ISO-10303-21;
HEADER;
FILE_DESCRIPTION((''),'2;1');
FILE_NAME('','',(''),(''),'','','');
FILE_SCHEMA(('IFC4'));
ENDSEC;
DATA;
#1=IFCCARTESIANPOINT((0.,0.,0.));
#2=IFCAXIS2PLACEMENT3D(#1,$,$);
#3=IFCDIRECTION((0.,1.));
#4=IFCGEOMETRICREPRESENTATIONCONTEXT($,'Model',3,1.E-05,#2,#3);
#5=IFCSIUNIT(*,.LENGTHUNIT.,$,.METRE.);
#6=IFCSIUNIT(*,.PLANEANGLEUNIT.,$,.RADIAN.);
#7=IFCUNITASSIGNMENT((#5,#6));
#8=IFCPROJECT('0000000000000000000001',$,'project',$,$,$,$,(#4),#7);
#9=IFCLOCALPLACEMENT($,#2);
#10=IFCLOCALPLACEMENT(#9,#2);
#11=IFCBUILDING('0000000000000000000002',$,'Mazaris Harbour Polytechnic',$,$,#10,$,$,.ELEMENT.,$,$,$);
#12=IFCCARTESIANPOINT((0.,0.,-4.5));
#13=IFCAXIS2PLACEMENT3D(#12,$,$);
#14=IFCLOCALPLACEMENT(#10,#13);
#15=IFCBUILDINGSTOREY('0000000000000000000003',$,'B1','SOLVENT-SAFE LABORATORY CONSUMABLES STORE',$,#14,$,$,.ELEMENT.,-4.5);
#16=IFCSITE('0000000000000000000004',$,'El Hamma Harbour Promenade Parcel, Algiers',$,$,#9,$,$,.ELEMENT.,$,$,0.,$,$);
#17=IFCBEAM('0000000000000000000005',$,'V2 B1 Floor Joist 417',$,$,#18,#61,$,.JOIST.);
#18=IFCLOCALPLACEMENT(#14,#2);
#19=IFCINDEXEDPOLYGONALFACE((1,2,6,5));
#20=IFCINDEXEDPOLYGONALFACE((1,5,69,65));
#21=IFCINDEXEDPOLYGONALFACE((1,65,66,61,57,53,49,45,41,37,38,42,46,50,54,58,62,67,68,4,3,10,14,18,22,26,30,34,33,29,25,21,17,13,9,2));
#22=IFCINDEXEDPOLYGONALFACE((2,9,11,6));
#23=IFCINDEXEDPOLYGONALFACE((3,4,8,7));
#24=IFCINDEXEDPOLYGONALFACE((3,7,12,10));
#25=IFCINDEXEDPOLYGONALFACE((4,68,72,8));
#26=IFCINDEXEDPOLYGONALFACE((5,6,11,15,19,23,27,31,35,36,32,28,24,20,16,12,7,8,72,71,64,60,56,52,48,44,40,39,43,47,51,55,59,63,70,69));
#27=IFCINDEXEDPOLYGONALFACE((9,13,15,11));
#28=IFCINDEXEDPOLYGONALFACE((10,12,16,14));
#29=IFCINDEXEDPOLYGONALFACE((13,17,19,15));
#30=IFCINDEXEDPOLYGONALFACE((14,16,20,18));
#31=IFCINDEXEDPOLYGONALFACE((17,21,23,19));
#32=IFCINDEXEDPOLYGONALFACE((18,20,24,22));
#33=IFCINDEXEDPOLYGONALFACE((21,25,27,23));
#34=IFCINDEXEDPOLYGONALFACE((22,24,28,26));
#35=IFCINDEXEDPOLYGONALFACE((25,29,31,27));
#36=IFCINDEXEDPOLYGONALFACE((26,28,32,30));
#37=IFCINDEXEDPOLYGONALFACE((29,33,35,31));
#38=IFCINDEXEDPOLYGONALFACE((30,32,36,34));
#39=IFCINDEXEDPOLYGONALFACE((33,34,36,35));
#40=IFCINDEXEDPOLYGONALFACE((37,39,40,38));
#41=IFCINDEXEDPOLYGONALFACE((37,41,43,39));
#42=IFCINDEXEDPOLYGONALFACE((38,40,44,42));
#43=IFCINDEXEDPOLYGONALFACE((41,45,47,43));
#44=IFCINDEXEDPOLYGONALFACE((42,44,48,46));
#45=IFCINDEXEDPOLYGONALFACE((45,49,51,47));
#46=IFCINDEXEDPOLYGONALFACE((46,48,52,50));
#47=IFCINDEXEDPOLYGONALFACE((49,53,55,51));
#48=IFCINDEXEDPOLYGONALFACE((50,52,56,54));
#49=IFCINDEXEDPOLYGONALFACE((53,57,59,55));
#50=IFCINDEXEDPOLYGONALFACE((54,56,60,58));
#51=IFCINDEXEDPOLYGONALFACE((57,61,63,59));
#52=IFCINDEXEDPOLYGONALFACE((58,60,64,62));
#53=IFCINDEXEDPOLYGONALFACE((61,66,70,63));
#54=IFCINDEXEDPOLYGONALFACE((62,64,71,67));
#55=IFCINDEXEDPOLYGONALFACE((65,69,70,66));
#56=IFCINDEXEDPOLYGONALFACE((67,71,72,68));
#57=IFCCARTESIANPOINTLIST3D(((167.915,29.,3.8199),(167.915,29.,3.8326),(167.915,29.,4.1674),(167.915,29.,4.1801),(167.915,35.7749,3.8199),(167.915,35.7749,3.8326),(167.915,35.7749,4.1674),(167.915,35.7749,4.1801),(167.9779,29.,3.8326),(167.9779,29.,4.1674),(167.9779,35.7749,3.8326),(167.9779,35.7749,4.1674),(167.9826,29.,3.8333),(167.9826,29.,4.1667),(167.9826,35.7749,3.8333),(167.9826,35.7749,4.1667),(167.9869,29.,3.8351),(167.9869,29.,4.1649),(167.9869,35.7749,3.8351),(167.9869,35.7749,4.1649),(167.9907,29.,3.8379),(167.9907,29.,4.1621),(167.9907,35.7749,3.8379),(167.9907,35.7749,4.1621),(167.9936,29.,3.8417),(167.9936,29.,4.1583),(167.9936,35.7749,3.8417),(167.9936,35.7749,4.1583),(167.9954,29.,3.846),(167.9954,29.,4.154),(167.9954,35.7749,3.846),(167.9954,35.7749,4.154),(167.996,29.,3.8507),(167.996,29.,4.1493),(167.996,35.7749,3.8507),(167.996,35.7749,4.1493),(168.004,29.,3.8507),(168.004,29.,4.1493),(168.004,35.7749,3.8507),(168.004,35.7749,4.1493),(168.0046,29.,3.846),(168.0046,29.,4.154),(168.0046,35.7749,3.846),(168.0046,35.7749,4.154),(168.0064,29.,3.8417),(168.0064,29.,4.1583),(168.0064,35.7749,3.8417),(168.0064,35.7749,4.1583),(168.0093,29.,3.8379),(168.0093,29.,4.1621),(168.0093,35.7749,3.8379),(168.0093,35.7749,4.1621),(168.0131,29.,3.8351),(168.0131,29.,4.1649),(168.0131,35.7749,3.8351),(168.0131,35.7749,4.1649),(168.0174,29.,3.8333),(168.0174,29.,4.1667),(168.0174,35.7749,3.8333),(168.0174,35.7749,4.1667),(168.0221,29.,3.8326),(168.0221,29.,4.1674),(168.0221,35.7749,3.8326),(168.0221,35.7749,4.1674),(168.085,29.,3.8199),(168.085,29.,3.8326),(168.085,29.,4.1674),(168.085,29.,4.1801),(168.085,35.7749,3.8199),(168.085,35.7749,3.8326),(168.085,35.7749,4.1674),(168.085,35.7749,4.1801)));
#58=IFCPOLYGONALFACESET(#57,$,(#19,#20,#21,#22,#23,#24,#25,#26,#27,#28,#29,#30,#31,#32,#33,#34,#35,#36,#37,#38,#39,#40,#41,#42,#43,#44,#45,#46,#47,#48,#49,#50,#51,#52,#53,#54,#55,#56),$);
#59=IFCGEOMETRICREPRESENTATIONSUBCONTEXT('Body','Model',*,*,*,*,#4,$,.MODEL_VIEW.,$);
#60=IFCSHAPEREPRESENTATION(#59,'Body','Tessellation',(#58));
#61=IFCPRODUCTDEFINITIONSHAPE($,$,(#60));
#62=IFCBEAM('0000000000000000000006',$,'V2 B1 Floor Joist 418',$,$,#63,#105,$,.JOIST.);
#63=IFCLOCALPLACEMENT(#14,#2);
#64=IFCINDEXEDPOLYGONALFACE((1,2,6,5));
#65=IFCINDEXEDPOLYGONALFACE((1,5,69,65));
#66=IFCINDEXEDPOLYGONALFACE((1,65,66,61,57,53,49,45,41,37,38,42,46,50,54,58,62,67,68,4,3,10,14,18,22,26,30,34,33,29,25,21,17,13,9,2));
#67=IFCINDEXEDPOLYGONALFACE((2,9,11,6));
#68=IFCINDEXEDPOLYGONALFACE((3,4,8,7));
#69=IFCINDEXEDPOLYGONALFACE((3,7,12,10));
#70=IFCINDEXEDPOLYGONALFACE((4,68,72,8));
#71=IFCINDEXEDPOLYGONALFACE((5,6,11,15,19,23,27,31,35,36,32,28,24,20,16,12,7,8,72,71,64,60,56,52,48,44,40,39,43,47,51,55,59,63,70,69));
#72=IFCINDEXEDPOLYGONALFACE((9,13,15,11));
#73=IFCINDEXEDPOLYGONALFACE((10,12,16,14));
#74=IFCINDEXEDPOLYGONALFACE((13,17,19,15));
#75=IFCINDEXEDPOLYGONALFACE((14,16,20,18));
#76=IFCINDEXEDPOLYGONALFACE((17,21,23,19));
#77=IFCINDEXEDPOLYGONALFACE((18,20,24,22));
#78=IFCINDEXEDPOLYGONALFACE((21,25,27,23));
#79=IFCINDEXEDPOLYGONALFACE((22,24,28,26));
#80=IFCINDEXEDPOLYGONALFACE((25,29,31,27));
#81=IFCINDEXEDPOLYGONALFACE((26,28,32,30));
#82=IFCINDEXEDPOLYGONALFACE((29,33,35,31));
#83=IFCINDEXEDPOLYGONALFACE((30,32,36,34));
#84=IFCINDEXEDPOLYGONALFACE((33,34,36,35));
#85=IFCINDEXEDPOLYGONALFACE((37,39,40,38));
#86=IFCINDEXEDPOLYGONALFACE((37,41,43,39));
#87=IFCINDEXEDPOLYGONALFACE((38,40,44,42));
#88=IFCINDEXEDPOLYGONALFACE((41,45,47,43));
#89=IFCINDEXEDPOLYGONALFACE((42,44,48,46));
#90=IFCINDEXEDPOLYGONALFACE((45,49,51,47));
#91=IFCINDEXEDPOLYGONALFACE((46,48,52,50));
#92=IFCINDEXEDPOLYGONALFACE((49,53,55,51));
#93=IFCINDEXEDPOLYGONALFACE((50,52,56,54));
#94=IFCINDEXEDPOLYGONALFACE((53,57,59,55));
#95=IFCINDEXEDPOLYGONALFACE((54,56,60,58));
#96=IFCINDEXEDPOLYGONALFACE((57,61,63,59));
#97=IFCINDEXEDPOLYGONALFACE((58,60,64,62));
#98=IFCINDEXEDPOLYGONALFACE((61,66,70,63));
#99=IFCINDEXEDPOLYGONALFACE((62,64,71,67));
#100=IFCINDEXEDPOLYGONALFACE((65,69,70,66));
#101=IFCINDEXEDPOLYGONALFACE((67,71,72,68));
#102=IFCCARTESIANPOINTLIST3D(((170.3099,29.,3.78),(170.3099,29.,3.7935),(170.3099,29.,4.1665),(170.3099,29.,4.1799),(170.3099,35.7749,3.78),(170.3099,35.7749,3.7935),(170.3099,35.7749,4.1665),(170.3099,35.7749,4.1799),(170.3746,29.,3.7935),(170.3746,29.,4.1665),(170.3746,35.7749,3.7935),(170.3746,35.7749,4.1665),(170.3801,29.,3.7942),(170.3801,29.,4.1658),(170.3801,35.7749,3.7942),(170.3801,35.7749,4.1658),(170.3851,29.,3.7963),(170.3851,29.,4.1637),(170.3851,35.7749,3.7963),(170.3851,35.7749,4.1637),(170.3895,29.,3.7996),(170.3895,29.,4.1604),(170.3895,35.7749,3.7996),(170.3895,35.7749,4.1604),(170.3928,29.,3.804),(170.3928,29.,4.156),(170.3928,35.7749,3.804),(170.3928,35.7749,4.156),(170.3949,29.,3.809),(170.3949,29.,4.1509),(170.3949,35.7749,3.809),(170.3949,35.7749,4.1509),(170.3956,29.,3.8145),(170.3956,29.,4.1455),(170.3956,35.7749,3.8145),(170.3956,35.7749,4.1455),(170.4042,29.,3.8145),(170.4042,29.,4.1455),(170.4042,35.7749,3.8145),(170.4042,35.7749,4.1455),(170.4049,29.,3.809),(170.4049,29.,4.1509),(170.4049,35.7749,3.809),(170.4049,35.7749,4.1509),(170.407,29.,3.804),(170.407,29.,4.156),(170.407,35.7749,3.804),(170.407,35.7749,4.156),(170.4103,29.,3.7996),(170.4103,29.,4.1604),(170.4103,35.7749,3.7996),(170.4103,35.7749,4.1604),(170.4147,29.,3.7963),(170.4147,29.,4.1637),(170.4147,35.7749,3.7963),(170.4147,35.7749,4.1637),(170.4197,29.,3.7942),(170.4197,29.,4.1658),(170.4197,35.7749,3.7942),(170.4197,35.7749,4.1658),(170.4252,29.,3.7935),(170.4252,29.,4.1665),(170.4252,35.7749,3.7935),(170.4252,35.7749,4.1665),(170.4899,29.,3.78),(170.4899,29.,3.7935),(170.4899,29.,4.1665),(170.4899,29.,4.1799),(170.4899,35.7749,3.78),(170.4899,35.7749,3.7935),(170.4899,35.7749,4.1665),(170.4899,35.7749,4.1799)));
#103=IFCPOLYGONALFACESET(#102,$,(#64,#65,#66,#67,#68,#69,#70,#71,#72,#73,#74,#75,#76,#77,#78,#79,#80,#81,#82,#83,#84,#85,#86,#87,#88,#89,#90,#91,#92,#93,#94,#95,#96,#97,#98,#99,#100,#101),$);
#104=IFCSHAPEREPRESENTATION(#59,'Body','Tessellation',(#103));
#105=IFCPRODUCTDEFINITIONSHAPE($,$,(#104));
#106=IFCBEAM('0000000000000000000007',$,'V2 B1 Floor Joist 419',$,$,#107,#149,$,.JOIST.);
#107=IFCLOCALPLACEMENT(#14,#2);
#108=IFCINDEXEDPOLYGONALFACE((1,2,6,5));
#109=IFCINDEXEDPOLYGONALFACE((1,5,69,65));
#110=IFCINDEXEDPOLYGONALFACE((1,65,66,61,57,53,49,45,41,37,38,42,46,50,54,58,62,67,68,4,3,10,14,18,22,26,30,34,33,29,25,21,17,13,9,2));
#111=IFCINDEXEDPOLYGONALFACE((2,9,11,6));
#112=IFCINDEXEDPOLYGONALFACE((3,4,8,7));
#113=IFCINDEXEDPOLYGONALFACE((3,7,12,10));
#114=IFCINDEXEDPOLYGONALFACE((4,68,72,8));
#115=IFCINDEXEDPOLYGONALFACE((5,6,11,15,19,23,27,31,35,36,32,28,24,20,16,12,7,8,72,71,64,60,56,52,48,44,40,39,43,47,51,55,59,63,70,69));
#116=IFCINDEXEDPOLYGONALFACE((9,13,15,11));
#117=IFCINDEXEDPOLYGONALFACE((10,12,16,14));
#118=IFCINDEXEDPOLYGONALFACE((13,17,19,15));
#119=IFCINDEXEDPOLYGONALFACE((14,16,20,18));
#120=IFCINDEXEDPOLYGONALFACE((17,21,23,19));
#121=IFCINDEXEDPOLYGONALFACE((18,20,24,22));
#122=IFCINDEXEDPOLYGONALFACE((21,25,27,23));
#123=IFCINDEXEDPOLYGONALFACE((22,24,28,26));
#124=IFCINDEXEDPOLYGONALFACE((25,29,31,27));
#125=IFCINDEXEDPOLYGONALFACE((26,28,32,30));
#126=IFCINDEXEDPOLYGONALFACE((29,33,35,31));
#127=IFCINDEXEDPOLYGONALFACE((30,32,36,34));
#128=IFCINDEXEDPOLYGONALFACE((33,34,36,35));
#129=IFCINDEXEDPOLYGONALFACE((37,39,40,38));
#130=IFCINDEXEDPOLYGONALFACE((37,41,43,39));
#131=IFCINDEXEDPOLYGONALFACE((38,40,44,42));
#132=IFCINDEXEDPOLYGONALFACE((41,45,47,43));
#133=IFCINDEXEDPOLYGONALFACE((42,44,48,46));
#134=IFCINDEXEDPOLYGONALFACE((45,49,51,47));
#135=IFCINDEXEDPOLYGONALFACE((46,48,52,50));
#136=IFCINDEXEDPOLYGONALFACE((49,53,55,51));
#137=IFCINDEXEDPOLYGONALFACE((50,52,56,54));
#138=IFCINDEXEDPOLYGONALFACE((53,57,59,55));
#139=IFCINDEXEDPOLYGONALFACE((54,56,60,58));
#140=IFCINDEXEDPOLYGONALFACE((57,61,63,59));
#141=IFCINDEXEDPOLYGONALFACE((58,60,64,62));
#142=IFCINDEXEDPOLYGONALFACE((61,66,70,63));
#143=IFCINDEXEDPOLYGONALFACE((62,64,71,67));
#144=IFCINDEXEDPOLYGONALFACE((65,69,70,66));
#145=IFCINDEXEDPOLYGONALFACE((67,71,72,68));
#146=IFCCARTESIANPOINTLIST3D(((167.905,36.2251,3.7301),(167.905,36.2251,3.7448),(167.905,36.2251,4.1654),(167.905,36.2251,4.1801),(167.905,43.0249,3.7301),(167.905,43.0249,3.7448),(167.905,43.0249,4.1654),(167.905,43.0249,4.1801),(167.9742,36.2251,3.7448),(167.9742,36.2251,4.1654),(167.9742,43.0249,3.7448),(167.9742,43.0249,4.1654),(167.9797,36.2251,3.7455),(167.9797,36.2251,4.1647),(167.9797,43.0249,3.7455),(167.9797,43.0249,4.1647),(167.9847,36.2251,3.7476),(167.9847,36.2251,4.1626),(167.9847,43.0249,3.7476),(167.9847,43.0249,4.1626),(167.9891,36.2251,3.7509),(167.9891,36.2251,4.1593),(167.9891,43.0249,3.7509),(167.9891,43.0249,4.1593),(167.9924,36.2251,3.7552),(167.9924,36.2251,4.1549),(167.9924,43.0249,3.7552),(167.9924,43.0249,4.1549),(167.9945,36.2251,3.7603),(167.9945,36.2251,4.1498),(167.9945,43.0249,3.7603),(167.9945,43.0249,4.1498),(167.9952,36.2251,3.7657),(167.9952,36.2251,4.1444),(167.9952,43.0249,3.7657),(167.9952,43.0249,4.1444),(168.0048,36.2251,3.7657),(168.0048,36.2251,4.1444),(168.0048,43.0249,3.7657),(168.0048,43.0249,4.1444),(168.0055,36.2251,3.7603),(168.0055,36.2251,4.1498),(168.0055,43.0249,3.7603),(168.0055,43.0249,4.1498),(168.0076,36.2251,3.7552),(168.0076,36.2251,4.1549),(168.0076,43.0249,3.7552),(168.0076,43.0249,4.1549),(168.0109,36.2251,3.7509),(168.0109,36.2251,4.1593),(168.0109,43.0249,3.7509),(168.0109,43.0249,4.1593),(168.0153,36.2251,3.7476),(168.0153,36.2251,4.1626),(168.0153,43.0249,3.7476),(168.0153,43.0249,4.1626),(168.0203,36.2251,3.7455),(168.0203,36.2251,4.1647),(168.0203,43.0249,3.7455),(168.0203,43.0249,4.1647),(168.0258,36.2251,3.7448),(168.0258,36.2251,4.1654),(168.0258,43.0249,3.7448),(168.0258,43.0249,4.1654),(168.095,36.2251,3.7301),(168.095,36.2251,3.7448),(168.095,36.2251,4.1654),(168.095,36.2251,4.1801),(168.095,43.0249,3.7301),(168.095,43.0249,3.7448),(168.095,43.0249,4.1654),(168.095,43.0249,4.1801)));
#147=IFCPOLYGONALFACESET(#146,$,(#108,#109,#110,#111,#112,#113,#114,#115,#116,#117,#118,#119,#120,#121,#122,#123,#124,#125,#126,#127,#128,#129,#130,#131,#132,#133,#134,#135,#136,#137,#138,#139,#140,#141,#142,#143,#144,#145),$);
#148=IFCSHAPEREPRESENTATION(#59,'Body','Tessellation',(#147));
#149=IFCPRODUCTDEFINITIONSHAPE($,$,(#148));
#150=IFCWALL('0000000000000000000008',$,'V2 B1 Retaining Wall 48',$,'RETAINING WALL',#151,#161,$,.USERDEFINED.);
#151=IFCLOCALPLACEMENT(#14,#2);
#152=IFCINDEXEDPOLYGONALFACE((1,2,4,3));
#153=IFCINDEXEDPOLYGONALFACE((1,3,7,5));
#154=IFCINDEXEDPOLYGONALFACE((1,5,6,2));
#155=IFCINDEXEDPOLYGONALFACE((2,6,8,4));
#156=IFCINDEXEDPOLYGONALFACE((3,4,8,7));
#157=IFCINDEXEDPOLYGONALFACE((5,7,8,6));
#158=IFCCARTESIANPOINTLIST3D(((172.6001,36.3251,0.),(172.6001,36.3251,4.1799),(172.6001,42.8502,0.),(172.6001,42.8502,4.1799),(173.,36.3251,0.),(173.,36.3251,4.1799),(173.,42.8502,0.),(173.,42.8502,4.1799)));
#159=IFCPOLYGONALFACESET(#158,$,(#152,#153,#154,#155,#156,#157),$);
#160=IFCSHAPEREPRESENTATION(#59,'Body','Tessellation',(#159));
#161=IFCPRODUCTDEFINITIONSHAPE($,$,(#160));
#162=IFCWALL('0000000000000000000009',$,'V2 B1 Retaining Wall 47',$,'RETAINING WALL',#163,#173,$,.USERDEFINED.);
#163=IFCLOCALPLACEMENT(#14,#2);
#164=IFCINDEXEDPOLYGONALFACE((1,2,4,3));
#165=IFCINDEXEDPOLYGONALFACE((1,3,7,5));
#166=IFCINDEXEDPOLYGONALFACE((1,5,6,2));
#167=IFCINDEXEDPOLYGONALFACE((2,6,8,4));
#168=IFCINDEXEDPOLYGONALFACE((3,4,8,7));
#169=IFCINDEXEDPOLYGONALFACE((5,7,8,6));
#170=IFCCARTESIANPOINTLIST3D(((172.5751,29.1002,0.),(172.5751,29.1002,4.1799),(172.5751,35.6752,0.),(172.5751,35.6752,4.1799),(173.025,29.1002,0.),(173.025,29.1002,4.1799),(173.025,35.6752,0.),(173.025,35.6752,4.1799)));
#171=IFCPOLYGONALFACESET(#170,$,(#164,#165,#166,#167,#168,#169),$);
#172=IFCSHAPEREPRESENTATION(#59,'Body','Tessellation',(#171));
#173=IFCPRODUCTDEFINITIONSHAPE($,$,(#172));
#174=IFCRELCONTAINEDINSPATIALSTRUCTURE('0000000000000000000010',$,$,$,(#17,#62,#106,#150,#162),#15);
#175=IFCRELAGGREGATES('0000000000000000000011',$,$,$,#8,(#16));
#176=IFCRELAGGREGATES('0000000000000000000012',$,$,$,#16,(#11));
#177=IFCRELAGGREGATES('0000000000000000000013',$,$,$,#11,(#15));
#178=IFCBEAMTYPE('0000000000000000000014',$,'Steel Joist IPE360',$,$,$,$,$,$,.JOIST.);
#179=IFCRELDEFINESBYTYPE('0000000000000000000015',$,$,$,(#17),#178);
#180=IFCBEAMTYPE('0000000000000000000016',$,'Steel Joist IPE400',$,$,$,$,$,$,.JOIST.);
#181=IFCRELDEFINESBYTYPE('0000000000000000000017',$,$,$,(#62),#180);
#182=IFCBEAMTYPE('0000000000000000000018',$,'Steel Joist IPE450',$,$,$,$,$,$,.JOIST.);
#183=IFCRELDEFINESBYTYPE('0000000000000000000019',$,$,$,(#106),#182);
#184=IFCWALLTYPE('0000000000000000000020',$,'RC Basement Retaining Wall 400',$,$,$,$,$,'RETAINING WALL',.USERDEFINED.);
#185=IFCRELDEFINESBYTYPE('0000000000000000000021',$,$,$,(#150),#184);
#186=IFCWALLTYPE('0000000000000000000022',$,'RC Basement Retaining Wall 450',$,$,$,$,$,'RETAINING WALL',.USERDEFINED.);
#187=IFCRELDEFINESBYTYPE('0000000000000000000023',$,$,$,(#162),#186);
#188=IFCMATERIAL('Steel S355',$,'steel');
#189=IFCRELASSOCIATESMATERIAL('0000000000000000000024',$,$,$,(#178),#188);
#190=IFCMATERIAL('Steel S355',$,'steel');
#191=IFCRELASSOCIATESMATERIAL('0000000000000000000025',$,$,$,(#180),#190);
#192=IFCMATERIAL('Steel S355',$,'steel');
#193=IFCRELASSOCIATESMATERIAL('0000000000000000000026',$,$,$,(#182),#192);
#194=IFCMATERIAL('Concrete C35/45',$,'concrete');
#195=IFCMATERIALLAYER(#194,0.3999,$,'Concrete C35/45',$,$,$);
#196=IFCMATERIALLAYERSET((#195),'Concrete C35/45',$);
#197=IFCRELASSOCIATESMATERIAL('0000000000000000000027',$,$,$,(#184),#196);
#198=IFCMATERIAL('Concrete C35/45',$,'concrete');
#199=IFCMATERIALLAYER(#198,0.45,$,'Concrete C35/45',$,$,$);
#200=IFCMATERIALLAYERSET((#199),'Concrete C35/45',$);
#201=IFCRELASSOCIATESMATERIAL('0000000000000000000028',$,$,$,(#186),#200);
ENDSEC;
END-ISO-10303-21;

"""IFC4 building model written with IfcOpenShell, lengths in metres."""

from ifc_helpers import new_model, si_unit, direction, frame, frame_2d, origin, origin_2d, place, context, subcontext, project, spatial, rectangle, i_section, extrude, material, layer, layer_set, material_profile, profile_set, type_object, element, save


model = new_model("IFC4")

# Units and contexts
model_context = context("Model", 3, precision=1e-05, world=origin(), true_north=direction((0.0, 1.0)))
body_context = subcontext(model_context, "Body", "Model", "MODEL_VIEW")
ifc_project = project(units=[si_unit("LENGTHUNIT", "METRE"), si_unit("PLANEANGLEUNIT", "RADIAN")], contexts=[model_context])

# Site, building, storey
site_placement = place(None, origin())
site = spatial("IfcSite", under=ifc_project, at=site_placement, Name="El Hamma Harbour Promenade Parcel, Algiers", CompositionType="ELEMENT", RefElevation=0.0)
building_placement = place(site_placement, origin())
building = spatial("IfcBuilding", under=site, at=building_placement, Name="Mazaris Harbour Polytechnic", CompositionType="ELEMENT")
storey_placement = place(building_placement, frame((0.0, 0.0, -4.5)))
storey = spatial("IfcBuildingStorey", under=building, at=storey_placement, Name="B1", Description="SOLVENT-SAFE LABORATORY CONSUMABLES STORE", CompositionType="ELEMENT", Elevation=-4.5)

# Beams
ifc_material_1 = material(Name="Steel S355", Category="steel")
ifc_material_profile_1 = material_profile(ifc_material_1, i_section(OverallWidth=0.1699, OverallDepth=0.3601, WebThickness=0.0081, FlangeThickness=0.0127, FilletRadius=0.0181, at=origin_2d()), Name="IPE 360")
ifc_profile_set_1 = profile_set([ifc_material_profile_1], Name="Steel S355")
beam_type_1 = type_object("IfcBeamType", Name="Steel Joist IPE360", PredefinedType="JOIST", material=ifc_profile_set_1)
beam_1_placement = place(storey_placement, frame((168.0, 29.0, 4.0), z_axis=(0.0, 1.0, 0.0), x_axis=(-1.0, 0.0, 0.0)))
element("IfcBeam", 1, at=beam_1_placement, inside=storey, type_object=beam_type_1, Name="V2 B1 Floor Joist 417", PredefinedType="JOIST", context=body_context, shape_type="SweptSolid", body=[
    extrude(i_section(OverallWidth=0.1699, OverallDepth=0.3601, WebThickness=0.0081, FlangeThickness=0.0127, FilletRadius=0.0181, at=origin_2d()), origin(), (0.0, 0.0, 1.0), 6.7749),
])
ifc_material_2 = material(Name="Steel S355", Category="steel")
ifc_material_profile_2 = material_profile(ifc_material_2, i_section(OverallWidth=0.1799, OverallDepth=0.3999, WebThickness=0.0085, FlangeThickness=0.0134, FilletRadius=0.021, at=origin_2d()), Name="IPE 400")
ifc_profile_set_2 = profile_set([ifc_material_profile_2], Name="Steel S355")
beam_type_2 = type_object("IfcBeamType", Name="Steel Joist IPE400", PredefinedType="JOIST", material=ifc_profile_set_2)
beam_2_placement = place(storey_placement, frame((170.3999, 29.0, 3.98), z_axis=(0.0, 1.0, 0.0), x_axis=(-1.0, 0.0, 0.0)))
element("IfcBeam", 2, at=beam_2_placement, inside=storey, type_object=beam_type_2, Name="V2 B1 Floor Joist 418", PredefinedType="JOIST", context=body_context, shape_type="SweptSolid", body=[
    extrude(i_section(OverallWidth=0.1799, OverallDepth=0.3999, WebThickness=0.0085, FlangeThickness=0.0134, FilletRadius=0.021, at=origin_2d()), origin(), (0.0, 0.0, 1.0), 6.7749),
])
ifc_material_3 = material(Name="Steel S355", Category="steel")
ifc_material_profile_3 = material_profile(ifc_material_3, i_section(OverallWidth=0.1899, OverallDepth=0.45, WebThickness=0.0095, FlangeThickness=0.0146, FilletRadius=0.021, at=origin_2d()), Name="IPE 450")
ifc_profile_set_3 = profile_set([ifc_material_profile_3], Name="Steel S355")
beam_type_3 = type_object("IfcBeamType", Name="Steel Joist IPE450", PredefinedType="JOIST", material=ifc_profile_set_3)
beam_3_placement = place(storey_placement, frame((168.0, 36.2251, 3.9551), z_axis=(0.0, 1.0, 0.0), x_axis=(-1.0, 0.0, 0.0)))
element("IfcBeam", 3, at=beam_3_placement, inside=storey, type_object=beam_type_3, Name="V2 B1 Floor Joist 419", PredefinedType="JOIST", context=body_context, shape_type="SweptSolid", body=[
    extrude(i_section(OverallWidth=0.1899, OverallDepth=0.45, WebThickness=0.0095, FlangeThickness=0.0146, FilletRadius=0.021, at=origin_2d()), origin(), (0.0, 0.0, 1.0), 6.7998),
])

# Walls
ifc_material_4 = material(Name="Concrete C35/45", Category="concrete")
ifc_layer_1 = layer(ifc_material_4, 0.3999, Name="Concrete C35/45")
ifc_layer_set_1 = layer_set([ifc_layer_1], Name="Concrete C35/45")
wall_type_1 = type_object("IfcWallType", Name="RC Basement Retaining Wall 400", ElementType="RETAINING WALL", PredefinedType="USERDEFINED", material=ifc_layer_set_1)
wall_1_placement = place(storey_placement, frame((172.8, 36.325, 0.0), z_axis=(0.0, 0.0, 1.0), x_axis=(0.0, 1.0, 0.0)))
element("IfcWall", 4, at=wall_1_placement, inside=storey, type_object=wall_type_1, Name="V2 B1 Retaining Wall 48", ObjectType="RETAINING WALL", PredefinedType="USERDEFINED", context=body_context, shape_type="SweptSolid", body=[
    extrude(rectangle(XDim=6.5251, YDim=0.3999, at=frame_2d((3.2627, 0.0))), origin(), (0.0, 0.0, 1.0), 4.1799),
])
ifc_material_5 = material(Name="Concrete C35/45", Category="concrete")
ifc_layer_2 = layer(ifc_material_5, 0.45, Name="Concrete C35/45")
ifc_layer_set_2 = layer_set([ifc_layer_2], Name="Concrete C35/45")
wall_type_2 = type_object("IfcWallType", Name="RC Basement Retaining Wall 450", ElementType="RETAINING WALL", PredefinedType="USERDEFINED", material=ifc_layer_set_2)
wall_2_placement = place(storey_placement, frame((172.8, 29.1001, 0.0), z_axis=(0.0, 0.0, 1.0), x_axis=(0.0, 1.0, 0.0)))
element("IfcWall", 5, at=wall_2_placement, inside=storey, type_object=wall_type_2, Name="V2 B1 Retaining Wall 47", ObjectType="RETAINING WALL", PredefinedType="USERDEFINED", context=body_context, shape_type="SweptSolid", body=[
    extrude(rectangle(XDim=6.575, YDim=0.45, at=frame_2d((3.2876, 0.0))), origin(), (0.0, 0.0, 1.0), 4.1799),
])

save(model, "model.ifc")
